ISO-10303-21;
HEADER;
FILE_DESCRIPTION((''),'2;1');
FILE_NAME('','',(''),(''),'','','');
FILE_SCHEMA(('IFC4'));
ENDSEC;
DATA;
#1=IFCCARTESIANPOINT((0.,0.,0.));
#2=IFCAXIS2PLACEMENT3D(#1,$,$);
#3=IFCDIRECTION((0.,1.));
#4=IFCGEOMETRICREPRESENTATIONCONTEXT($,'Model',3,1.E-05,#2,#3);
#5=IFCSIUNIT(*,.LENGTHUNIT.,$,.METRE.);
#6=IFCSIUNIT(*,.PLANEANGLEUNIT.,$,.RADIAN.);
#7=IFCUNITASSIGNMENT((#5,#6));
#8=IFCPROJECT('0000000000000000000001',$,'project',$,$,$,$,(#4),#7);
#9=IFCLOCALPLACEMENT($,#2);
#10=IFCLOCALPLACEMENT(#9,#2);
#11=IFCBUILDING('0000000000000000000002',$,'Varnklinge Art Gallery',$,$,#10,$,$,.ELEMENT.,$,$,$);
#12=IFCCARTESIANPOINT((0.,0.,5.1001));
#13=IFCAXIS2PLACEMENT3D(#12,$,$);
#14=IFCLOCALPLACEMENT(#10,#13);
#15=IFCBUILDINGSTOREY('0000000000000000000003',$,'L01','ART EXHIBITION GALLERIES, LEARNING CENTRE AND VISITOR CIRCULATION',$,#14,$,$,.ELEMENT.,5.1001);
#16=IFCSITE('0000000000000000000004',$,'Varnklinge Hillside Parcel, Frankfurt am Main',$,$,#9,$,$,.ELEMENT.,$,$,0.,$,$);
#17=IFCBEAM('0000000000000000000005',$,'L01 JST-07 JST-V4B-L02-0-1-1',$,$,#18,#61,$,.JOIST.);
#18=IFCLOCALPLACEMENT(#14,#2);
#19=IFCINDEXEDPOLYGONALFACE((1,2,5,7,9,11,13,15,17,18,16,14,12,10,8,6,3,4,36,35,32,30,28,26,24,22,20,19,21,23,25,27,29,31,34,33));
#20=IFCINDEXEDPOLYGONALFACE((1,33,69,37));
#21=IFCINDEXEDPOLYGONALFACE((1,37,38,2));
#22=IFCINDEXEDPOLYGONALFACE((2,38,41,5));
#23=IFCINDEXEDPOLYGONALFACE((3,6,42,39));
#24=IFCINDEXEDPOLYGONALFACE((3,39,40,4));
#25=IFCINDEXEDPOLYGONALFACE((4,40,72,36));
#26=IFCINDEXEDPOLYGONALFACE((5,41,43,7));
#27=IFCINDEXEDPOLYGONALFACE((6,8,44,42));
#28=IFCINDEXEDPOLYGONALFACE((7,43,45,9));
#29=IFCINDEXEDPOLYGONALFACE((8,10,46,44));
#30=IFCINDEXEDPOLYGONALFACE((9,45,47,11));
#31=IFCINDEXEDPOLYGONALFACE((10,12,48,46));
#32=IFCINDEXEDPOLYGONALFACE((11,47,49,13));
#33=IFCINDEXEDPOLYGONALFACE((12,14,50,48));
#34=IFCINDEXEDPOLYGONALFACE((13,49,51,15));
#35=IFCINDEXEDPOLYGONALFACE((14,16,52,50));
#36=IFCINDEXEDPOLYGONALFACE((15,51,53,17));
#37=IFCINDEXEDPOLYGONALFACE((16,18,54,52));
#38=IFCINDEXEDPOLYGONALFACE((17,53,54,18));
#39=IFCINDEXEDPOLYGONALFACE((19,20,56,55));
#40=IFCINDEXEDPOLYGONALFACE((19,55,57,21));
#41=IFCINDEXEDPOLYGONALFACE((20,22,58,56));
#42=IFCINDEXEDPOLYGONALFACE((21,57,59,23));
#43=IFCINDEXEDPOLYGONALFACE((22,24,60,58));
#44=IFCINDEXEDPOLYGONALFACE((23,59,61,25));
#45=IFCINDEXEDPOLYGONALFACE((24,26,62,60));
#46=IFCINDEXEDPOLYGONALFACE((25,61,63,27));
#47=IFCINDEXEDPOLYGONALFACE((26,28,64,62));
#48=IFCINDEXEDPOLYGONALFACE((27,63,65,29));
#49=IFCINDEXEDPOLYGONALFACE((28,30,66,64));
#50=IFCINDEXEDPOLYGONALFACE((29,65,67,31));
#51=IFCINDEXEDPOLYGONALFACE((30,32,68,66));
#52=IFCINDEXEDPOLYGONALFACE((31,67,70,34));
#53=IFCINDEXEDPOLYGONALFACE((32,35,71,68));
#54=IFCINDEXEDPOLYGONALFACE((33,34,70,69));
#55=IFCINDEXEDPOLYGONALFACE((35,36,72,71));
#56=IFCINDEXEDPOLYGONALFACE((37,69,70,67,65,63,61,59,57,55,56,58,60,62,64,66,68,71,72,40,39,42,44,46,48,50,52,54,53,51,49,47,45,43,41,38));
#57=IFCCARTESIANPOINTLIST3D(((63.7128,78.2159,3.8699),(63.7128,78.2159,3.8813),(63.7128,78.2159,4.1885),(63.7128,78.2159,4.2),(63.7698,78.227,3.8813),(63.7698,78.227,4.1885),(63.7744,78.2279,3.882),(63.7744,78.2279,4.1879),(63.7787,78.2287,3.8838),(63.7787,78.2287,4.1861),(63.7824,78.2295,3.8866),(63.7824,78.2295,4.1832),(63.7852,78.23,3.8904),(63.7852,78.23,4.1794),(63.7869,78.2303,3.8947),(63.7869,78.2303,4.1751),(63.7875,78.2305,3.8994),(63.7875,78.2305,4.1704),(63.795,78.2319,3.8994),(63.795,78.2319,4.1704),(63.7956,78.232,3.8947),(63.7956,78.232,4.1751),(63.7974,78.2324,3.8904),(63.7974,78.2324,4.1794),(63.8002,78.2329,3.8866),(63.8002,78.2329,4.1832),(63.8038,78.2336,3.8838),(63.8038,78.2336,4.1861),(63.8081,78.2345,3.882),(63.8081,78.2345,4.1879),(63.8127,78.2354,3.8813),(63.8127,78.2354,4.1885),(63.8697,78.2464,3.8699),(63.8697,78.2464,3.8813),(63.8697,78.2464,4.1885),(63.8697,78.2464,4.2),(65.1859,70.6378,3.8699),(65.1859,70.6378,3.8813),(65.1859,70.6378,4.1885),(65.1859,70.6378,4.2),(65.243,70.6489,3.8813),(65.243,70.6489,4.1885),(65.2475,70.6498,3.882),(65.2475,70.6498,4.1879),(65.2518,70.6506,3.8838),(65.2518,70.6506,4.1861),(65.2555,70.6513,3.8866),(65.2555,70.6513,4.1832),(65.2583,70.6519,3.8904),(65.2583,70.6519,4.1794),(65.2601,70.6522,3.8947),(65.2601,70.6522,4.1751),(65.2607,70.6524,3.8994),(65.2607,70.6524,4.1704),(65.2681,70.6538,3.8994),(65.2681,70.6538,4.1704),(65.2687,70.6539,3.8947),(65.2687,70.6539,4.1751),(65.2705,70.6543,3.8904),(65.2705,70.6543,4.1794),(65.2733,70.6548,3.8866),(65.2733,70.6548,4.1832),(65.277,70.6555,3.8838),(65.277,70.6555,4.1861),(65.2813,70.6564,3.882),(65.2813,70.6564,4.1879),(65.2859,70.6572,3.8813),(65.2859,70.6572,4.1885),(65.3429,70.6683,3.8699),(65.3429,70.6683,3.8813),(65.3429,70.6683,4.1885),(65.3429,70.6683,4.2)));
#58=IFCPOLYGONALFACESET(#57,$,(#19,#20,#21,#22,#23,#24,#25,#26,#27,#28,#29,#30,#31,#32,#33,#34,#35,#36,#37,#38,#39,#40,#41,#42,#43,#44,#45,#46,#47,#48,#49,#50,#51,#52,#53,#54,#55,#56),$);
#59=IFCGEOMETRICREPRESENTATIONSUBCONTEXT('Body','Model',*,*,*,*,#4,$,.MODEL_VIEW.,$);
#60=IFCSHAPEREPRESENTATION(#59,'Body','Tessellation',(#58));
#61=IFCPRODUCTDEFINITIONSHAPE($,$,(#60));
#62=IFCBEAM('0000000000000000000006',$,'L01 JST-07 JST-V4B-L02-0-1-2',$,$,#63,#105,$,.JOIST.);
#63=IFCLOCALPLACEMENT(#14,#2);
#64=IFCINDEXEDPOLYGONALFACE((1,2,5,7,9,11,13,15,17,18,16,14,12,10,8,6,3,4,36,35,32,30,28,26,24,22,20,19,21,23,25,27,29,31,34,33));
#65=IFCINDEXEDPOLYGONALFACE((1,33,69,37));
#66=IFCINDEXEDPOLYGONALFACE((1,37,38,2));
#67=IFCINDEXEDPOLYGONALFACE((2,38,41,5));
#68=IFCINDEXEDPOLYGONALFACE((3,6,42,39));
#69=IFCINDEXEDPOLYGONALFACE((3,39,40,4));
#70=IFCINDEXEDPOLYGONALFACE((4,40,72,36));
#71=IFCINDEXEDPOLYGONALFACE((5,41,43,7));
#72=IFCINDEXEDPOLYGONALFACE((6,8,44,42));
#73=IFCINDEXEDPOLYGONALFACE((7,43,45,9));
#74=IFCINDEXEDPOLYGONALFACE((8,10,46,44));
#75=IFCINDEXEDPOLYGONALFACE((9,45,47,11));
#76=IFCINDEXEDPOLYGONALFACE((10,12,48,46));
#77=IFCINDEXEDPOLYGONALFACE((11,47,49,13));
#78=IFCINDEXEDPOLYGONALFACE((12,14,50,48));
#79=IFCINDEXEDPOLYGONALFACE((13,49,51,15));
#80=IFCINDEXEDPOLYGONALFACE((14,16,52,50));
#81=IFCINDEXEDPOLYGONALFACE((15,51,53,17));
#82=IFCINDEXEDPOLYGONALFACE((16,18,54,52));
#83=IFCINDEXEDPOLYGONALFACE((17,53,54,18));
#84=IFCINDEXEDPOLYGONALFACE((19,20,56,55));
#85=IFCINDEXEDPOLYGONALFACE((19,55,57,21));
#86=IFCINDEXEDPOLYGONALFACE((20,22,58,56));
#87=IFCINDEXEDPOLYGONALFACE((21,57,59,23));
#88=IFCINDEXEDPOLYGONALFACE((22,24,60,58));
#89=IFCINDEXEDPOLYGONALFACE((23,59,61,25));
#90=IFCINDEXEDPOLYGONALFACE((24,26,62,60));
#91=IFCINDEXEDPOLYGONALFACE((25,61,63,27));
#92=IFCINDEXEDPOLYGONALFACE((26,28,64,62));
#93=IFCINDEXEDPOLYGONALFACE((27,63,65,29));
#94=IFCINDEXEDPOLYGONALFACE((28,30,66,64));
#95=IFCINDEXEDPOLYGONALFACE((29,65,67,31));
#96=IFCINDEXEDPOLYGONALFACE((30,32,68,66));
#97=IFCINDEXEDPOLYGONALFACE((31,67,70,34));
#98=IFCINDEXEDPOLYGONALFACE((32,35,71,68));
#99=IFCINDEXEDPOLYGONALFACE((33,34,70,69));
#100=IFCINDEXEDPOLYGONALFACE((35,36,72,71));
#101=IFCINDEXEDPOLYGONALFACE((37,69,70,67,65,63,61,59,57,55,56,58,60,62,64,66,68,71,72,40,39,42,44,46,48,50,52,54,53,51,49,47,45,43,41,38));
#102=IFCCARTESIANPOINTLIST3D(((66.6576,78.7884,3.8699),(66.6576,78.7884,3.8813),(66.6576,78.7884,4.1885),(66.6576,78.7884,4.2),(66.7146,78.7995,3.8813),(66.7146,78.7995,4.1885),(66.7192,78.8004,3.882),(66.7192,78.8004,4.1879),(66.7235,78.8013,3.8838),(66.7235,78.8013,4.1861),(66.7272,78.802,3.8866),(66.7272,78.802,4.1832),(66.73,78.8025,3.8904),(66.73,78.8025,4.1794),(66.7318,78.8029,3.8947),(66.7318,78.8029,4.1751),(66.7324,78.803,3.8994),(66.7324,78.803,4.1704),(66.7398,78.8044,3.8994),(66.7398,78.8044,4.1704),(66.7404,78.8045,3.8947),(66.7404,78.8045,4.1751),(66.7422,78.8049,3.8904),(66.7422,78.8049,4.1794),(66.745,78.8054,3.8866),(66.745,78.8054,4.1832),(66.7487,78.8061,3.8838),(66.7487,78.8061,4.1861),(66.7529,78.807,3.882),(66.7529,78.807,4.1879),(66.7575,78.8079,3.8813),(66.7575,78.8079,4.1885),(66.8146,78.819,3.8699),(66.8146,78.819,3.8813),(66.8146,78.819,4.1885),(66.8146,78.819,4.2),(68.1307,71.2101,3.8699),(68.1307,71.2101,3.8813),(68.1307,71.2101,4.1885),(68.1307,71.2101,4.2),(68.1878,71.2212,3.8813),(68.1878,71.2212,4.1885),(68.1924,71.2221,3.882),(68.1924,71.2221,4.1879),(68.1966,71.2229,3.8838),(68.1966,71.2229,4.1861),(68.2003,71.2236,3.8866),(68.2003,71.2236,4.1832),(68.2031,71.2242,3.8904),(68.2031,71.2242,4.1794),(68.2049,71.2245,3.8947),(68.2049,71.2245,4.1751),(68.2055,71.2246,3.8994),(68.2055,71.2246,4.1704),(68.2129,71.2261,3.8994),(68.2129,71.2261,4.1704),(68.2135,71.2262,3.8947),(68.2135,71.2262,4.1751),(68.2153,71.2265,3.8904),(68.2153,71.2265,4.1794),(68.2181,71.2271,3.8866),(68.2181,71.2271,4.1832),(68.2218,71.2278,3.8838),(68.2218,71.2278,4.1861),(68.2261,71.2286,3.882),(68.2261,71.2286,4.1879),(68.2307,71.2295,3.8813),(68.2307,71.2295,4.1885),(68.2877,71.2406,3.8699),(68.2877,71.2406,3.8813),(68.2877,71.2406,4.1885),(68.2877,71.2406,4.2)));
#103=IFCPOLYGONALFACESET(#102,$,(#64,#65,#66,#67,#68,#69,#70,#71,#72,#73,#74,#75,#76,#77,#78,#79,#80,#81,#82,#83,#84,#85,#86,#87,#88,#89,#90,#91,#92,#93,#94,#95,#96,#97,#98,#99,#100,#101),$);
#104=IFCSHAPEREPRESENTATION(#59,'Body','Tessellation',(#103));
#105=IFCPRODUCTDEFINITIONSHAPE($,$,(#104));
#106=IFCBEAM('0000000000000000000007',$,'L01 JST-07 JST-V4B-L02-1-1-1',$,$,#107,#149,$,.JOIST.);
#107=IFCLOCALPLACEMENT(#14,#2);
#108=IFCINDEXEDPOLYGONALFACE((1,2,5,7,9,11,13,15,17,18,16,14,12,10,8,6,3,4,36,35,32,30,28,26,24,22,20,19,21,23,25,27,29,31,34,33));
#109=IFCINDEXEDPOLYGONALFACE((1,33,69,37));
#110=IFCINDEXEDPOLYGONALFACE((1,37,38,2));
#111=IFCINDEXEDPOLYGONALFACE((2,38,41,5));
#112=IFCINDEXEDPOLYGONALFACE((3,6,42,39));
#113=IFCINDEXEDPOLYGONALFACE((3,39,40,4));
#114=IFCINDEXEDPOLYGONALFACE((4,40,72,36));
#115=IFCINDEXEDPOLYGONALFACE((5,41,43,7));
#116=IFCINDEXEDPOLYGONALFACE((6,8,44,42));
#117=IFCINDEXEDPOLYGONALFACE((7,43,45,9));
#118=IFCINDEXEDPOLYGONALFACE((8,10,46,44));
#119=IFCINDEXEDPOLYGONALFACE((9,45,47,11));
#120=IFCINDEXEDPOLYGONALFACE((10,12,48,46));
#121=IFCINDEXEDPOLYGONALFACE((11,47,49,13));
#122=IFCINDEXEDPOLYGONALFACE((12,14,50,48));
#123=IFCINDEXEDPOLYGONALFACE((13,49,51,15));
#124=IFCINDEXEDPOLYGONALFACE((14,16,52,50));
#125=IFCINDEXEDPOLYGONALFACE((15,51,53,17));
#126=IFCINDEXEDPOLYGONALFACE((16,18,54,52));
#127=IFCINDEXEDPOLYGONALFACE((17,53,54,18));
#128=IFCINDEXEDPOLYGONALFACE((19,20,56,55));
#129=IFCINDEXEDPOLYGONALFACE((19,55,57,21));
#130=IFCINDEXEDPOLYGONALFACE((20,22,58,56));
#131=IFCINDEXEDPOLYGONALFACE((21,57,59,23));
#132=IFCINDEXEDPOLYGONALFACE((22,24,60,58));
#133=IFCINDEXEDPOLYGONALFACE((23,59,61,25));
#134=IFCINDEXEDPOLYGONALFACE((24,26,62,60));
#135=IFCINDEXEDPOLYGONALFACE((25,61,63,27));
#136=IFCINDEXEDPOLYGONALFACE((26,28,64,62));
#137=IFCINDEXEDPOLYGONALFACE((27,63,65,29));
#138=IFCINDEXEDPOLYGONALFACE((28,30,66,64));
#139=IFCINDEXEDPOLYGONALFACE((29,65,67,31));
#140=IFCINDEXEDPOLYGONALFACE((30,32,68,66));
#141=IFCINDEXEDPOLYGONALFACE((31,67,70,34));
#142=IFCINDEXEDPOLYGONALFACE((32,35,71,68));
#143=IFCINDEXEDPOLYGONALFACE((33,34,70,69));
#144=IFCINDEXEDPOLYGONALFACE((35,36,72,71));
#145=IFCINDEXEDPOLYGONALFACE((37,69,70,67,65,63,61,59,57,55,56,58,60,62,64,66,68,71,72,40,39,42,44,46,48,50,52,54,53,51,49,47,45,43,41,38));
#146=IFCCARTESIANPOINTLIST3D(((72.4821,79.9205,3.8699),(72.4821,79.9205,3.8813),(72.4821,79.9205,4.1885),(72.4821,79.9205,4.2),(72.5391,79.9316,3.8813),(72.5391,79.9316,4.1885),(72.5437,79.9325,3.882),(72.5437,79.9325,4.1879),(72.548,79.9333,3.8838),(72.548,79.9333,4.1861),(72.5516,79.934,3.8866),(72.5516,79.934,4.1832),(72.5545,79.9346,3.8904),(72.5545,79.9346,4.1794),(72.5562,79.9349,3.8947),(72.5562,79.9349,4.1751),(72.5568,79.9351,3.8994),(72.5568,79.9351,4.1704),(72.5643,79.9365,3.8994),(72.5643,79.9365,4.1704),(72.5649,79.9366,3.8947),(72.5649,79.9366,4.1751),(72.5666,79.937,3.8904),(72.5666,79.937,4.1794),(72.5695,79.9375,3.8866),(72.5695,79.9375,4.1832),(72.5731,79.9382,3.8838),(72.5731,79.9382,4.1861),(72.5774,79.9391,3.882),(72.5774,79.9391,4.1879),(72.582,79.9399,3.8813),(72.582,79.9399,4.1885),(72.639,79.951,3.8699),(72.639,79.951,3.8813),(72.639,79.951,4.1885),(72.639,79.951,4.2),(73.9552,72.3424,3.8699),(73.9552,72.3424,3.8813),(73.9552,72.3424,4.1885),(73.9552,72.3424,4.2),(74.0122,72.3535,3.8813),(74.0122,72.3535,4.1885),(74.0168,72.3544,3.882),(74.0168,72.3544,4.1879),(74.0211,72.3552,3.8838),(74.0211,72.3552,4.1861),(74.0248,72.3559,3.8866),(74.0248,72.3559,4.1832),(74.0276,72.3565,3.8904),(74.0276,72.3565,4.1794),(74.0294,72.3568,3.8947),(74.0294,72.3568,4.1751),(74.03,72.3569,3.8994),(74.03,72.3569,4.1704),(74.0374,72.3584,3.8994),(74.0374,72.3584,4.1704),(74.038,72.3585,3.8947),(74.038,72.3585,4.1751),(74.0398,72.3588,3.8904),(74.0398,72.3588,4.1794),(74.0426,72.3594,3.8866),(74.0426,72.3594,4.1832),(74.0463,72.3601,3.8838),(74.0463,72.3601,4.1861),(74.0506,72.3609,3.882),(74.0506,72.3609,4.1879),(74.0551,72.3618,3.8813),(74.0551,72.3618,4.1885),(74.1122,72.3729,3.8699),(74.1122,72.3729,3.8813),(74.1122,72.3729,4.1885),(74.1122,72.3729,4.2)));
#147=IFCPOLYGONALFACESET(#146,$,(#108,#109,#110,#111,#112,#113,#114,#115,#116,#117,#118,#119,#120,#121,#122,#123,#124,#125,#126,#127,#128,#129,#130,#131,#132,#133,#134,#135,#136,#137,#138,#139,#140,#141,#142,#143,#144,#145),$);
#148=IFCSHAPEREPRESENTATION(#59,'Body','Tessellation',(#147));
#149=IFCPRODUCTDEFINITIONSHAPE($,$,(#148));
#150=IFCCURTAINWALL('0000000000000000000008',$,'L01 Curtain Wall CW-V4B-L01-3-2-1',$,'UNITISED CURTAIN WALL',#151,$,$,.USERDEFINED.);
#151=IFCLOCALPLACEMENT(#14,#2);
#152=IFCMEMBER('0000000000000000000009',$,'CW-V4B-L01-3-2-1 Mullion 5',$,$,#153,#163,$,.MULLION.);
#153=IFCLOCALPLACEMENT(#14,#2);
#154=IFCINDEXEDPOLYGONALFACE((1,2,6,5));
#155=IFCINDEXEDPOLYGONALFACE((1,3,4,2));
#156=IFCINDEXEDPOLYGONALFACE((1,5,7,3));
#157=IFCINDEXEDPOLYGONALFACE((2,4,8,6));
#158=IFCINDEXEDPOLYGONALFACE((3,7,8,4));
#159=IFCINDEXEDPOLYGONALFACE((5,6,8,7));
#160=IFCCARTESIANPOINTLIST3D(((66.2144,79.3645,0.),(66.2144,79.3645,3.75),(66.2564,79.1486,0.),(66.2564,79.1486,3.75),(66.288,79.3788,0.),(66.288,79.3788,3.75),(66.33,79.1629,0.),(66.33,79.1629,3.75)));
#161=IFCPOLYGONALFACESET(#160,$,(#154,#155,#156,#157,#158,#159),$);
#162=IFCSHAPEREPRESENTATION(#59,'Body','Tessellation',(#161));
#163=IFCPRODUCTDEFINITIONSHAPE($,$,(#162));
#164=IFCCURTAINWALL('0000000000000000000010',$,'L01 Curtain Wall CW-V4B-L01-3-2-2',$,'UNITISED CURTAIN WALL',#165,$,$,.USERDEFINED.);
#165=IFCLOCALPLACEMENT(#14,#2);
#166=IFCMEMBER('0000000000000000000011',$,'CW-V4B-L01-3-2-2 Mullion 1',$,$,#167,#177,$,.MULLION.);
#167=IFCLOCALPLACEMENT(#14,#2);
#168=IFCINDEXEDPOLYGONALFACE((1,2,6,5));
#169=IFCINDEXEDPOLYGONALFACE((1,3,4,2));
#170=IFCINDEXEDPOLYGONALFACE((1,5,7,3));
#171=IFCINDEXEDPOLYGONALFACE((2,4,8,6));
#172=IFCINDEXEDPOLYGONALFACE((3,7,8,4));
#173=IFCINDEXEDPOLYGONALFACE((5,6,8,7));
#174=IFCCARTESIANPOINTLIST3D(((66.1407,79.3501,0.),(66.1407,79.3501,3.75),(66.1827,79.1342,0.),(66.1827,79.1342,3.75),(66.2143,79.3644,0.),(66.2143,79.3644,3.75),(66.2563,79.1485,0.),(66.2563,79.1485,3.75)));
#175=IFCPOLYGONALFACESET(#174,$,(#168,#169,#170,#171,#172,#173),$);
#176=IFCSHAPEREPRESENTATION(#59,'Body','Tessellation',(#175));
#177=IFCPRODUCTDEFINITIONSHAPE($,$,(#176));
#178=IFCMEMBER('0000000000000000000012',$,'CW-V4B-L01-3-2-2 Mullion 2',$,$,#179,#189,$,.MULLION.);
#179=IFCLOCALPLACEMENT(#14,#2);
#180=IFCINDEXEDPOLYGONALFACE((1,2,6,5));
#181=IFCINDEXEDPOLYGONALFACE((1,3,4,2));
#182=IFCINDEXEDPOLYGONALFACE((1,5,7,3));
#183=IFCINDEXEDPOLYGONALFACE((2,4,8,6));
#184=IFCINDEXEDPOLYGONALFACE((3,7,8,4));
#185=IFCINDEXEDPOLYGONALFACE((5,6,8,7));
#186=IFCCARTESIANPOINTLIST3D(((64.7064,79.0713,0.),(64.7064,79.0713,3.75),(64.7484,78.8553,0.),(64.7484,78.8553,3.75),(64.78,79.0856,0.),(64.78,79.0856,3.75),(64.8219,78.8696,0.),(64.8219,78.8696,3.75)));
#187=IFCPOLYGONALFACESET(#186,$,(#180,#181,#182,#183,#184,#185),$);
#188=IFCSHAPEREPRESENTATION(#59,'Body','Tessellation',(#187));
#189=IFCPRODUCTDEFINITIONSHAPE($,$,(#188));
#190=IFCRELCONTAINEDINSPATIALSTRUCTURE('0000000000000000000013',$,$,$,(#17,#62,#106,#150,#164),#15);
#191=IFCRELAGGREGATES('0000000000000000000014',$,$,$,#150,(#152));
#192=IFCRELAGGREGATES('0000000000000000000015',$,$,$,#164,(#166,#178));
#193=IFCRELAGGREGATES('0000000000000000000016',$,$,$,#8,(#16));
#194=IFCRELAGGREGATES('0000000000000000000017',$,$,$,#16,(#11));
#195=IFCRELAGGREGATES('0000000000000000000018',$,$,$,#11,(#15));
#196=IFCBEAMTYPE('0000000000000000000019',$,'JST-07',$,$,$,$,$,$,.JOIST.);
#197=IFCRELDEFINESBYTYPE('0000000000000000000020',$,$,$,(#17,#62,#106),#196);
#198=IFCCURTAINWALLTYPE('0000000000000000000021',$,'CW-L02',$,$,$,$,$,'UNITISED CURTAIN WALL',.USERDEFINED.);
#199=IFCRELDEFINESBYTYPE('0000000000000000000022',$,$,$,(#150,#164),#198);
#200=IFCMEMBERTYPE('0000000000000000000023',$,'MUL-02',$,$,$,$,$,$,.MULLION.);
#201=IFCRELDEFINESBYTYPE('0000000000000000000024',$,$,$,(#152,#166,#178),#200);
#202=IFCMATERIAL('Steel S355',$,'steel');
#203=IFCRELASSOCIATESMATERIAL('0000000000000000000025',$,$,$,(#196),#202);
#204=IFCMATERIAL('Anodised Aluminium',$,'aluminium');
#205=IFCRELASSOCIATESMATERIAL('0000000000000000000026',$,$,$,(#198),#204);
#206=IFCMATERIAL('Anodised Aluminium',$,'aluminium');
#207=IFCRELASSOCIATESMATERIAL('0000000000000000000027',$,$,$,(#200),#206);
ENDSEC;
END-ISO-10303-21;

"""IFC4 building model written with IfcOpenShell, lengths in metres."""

from ifc_helpers import new_model, si_unit, direction, frame, origin, origin_2d, place, context, subcontext, project, spatial, rectangle, i_section, extrude, material, material_profile, profile_set, type_object, element, aggregate, save


model = new_model("IFC4")

# Units and contexts
model_context = context("Model", 3, precision=1e-05, world=origin(), true_north=direction((0.0, 1.0)))
body_context = subcontext(model_context, "Body", "Model", "MODEL_VIEW")
ifc_project = project(units=[si_unit("LENGTHUNIT", "METRE"), si_unit("PLANEANGLEUNIT", "RADIAN")], contexts=[model_context])

# Site, building, storey
site_placement = place(None, origin())
site = spatial("IfcSite", under=ifc_project, at=site_placement, Name="Varnklinge Hillside Parcel, Frankfurt am Main", CompositionType="ELEMENT", RefElevation=0.0)
building_placement = place(site_placement, origin())
building = spatial("IfcBuilding", under=site, at=building_placement, Name="Varnklinge Art Gallery", CompositionType="ELEMENT")
storey_placement = place(building_placement, frame((0.0, 0.0, 5.1001)))
storey = spatial("IfcBuildingStorey", under=building, at=storey_placement, Name="L01", Description="ART EXHIBITION GALLERIES, LEARNING CENTRE AND VISITOR CIRCULATION", CompositionType="ELEMENT", Elevation=5.1001)

# Beams
ifc_material_1 = material(Name="Steel S355", Category="steel")
ifc_material_profile_1 = material_profile(ifc_material_1, i_section(OverallWidth=0.1599, OverallDepth=0.3301, WebThickness=0.0076, FlangeThickness=0.0115, FilletRadius=0.0181, at=origin_2d()), Name="IPE 330")
ifc_profile_set_1 = profile_set([ifc_material_profile_1], Name="Steel S355")
beam_type_1 = type_object("IfcBeamType", Name="JST-07", PredefinedType="JOIST", material=ifc_profile_set_1)
beam_1_placement = place(storey_placement, frame((65.2644, 70.6531, 4.0349), z_axis=(-0.190822, 0.981625, 0.0), x_axis=(-0.981625, -0.190822, 0.0)))
element("IfcBeam", 1, at=beam_1_placement, inside=storey, type_object=beam_type_1, Name="L01 JST-07 JST-V4B-L02-0-1-1", PredefinedType="JOIST", context=body_context, shape_type="SweptSolid", body=[
    extrude(i_section(OverallWidth=0.1599, OverallDepth=0.3301, WebThickness=0.0076, FlangeThickness=0.0115, FilletRadius=0.0181, at=origin_2d()), origin(), (0.0, 0.0, 1.0), 7.72),
])
beam_2_placement = place(storey_placement, frame((68.2092, 71.2253, 4.0349), z_axis=(-0.190816, 0.981626, 0.0), x_axis=(-0.981626, -0.190816, 0.0)))
element("IfcBeam", 2, at=beam_2_placement, inside=storey, type_object=beam_type_1, Name="L01 JST-07 JST-V4B-L02-0-1-2", PredefinedType="JOIST", context=body_context, shape_type="SweptSolid", body=[
    extrude(i_section(OverallWidth=0.1599, OverallDepth=0.3301, WebThickness=0.0076, FlangeThickness=0.0115, FilletRadius=0.0181, at=origin_2d()), origin(), (0.0, 0.0, 1.0), 7.7202),
])
beam_3_placement = place(storey_placement, frame((74.0337, 72.3577, 4.0349), z_axis=(-0.190822, 0.981625, 0.0), x_axis=(-0.981625, -0.190822, 0.0)))
element("IfcBeam", 3, at=beam_3_placement, inside=storey, type_object=beam_type_1, Name="L01 JST-07 JST-V4B-L02-1-1-1", PredefinedType="JOIST", context=body_context, shape_type="SweptSolid", body=[
    extrude(i_section(OverallWidth=0.1599, OverallDepth=0.3301, WebThickness=0.0076, FlangeThickness=0.0115, FilletRadius=0.0181, at=origin_2d()), origin(), (0.0, 0.0, 1.0), 7.72),
])

# Curtain wall, member
ifc_material_2 = material(Name="Anodised Aluminium", Category="aluminium")
curtain_wall_type = type_object("IfcCurtainWallType", Name="CW-L02", ElementType="UNITISED CURTAIN WALL", PredefinedType="USERDEFINED", material=ifc_material_2)
curtain_wall_1_placement = place(storey_placement, origin())
curtain_wall_1 = element("IfcCurtainWall", 4, at=curtain_wall_1_placement, inside=storey, type_object=curtain_wall_type, Name="L01 Curtain Wall CW-V4B-L01-3-2-1", ObjectType="UNITISED CURTAIN WALL", PredefinedType="USERDEFINED")
ifc_material_3 = material(Name="Anodised Aluminium", Category="aluminium")
ifc_material_profile_2 = material_profile(ifc_material_3, rectangle(XDim=0.075, YDim=0.22, at=origin_2d()), Name="ALU 75x220")
ifc_profile_set_2 = profile_set([ifc_material_profile_2], Name="Anodised Aluminium")
member_type_1 = type_object("IfcMemberType", Name="MUL-02", PredefinedType="MULLION", material=ifc_profile_set_2)
member_1_placement = place(storey_placement, frame((66.2722, 79.2637, 0.0), z_axis=(0.0, 0.0, 1.0), x_axis=(-0.981627, -0.190809, 0.0)))
member_1 = element("IfcMember", 5, at=member_1_placement, type_object=member_type_1, Name="CW-V4B-L01-3-2-1 Mullion 5", PredefinedType="MULLION", context=body_context, shape_type="SweptSolid", body=[
    extrude(rectangle(XDim=0.075, YDim=0.22, at=origin_2d()), origin(), (0.0, 0.0, 1.0), 3.75),
])

# Curtain wall, members
curtain_wall_2_placement = place(storey_placement, origin())
curtain_wall_2 = element("IfcCurtainWall", 6, at=curtain_wall_2_placement, inside=storey, type_object=curtain_wall_type, Name="L01 Curtain Wall CW-V4B-L01-3-2-2", ObjectType="UNITISED CURTAIN WALL", PredefinedType="USERDEFINED")
member_2_placement = place(storey_placement, frame((66.1985, 79.2493, 0.0), z_axis=(0.0, 0.0, 1.0), x_axis=(-0.981627, -0.190809, 0.0)))
member_2 = element("IfcMember", 7, at=member_2_placement, type_object=member_type_1, Name="CW-V4B-L01-3-2-2 Mullion 1", PredefinedType="MULLION", context=body_context, shape_type="SweptSolid", body=[
    extrude(rectangle(XDim=0.075, YDim=0.22, at=origin_2d()), origin(), (0.0, 0.0, 1.0), 3.75),
])
member_3_placement = place(storey_placement, frame((64.7642, 78.9705, 0.0), z_axis=(0.0, 0.0, 1.0), x_axis=(-0.981627, -0.190809, 0.0)))
member_3 = element("IfcMember", 8, at=member_3_placement, type_object=member_type_1, Name="CW-V4B-L01-3-2-2 Mullion 2", PredefinedType="MULLION", context=body_context, shape_type="SweptSolid", body=[
    extrude(rectangle(XDim=0.075, YDim=0.22, at=origin_2d()), origin(), (0.0, 0.0, 1.0), 3.75),
])

aggregate(curtain_wall_1, [member_1])
aggregate(curtain_wall_2, [member_2, member_3])

save(model, "model.ifc")
